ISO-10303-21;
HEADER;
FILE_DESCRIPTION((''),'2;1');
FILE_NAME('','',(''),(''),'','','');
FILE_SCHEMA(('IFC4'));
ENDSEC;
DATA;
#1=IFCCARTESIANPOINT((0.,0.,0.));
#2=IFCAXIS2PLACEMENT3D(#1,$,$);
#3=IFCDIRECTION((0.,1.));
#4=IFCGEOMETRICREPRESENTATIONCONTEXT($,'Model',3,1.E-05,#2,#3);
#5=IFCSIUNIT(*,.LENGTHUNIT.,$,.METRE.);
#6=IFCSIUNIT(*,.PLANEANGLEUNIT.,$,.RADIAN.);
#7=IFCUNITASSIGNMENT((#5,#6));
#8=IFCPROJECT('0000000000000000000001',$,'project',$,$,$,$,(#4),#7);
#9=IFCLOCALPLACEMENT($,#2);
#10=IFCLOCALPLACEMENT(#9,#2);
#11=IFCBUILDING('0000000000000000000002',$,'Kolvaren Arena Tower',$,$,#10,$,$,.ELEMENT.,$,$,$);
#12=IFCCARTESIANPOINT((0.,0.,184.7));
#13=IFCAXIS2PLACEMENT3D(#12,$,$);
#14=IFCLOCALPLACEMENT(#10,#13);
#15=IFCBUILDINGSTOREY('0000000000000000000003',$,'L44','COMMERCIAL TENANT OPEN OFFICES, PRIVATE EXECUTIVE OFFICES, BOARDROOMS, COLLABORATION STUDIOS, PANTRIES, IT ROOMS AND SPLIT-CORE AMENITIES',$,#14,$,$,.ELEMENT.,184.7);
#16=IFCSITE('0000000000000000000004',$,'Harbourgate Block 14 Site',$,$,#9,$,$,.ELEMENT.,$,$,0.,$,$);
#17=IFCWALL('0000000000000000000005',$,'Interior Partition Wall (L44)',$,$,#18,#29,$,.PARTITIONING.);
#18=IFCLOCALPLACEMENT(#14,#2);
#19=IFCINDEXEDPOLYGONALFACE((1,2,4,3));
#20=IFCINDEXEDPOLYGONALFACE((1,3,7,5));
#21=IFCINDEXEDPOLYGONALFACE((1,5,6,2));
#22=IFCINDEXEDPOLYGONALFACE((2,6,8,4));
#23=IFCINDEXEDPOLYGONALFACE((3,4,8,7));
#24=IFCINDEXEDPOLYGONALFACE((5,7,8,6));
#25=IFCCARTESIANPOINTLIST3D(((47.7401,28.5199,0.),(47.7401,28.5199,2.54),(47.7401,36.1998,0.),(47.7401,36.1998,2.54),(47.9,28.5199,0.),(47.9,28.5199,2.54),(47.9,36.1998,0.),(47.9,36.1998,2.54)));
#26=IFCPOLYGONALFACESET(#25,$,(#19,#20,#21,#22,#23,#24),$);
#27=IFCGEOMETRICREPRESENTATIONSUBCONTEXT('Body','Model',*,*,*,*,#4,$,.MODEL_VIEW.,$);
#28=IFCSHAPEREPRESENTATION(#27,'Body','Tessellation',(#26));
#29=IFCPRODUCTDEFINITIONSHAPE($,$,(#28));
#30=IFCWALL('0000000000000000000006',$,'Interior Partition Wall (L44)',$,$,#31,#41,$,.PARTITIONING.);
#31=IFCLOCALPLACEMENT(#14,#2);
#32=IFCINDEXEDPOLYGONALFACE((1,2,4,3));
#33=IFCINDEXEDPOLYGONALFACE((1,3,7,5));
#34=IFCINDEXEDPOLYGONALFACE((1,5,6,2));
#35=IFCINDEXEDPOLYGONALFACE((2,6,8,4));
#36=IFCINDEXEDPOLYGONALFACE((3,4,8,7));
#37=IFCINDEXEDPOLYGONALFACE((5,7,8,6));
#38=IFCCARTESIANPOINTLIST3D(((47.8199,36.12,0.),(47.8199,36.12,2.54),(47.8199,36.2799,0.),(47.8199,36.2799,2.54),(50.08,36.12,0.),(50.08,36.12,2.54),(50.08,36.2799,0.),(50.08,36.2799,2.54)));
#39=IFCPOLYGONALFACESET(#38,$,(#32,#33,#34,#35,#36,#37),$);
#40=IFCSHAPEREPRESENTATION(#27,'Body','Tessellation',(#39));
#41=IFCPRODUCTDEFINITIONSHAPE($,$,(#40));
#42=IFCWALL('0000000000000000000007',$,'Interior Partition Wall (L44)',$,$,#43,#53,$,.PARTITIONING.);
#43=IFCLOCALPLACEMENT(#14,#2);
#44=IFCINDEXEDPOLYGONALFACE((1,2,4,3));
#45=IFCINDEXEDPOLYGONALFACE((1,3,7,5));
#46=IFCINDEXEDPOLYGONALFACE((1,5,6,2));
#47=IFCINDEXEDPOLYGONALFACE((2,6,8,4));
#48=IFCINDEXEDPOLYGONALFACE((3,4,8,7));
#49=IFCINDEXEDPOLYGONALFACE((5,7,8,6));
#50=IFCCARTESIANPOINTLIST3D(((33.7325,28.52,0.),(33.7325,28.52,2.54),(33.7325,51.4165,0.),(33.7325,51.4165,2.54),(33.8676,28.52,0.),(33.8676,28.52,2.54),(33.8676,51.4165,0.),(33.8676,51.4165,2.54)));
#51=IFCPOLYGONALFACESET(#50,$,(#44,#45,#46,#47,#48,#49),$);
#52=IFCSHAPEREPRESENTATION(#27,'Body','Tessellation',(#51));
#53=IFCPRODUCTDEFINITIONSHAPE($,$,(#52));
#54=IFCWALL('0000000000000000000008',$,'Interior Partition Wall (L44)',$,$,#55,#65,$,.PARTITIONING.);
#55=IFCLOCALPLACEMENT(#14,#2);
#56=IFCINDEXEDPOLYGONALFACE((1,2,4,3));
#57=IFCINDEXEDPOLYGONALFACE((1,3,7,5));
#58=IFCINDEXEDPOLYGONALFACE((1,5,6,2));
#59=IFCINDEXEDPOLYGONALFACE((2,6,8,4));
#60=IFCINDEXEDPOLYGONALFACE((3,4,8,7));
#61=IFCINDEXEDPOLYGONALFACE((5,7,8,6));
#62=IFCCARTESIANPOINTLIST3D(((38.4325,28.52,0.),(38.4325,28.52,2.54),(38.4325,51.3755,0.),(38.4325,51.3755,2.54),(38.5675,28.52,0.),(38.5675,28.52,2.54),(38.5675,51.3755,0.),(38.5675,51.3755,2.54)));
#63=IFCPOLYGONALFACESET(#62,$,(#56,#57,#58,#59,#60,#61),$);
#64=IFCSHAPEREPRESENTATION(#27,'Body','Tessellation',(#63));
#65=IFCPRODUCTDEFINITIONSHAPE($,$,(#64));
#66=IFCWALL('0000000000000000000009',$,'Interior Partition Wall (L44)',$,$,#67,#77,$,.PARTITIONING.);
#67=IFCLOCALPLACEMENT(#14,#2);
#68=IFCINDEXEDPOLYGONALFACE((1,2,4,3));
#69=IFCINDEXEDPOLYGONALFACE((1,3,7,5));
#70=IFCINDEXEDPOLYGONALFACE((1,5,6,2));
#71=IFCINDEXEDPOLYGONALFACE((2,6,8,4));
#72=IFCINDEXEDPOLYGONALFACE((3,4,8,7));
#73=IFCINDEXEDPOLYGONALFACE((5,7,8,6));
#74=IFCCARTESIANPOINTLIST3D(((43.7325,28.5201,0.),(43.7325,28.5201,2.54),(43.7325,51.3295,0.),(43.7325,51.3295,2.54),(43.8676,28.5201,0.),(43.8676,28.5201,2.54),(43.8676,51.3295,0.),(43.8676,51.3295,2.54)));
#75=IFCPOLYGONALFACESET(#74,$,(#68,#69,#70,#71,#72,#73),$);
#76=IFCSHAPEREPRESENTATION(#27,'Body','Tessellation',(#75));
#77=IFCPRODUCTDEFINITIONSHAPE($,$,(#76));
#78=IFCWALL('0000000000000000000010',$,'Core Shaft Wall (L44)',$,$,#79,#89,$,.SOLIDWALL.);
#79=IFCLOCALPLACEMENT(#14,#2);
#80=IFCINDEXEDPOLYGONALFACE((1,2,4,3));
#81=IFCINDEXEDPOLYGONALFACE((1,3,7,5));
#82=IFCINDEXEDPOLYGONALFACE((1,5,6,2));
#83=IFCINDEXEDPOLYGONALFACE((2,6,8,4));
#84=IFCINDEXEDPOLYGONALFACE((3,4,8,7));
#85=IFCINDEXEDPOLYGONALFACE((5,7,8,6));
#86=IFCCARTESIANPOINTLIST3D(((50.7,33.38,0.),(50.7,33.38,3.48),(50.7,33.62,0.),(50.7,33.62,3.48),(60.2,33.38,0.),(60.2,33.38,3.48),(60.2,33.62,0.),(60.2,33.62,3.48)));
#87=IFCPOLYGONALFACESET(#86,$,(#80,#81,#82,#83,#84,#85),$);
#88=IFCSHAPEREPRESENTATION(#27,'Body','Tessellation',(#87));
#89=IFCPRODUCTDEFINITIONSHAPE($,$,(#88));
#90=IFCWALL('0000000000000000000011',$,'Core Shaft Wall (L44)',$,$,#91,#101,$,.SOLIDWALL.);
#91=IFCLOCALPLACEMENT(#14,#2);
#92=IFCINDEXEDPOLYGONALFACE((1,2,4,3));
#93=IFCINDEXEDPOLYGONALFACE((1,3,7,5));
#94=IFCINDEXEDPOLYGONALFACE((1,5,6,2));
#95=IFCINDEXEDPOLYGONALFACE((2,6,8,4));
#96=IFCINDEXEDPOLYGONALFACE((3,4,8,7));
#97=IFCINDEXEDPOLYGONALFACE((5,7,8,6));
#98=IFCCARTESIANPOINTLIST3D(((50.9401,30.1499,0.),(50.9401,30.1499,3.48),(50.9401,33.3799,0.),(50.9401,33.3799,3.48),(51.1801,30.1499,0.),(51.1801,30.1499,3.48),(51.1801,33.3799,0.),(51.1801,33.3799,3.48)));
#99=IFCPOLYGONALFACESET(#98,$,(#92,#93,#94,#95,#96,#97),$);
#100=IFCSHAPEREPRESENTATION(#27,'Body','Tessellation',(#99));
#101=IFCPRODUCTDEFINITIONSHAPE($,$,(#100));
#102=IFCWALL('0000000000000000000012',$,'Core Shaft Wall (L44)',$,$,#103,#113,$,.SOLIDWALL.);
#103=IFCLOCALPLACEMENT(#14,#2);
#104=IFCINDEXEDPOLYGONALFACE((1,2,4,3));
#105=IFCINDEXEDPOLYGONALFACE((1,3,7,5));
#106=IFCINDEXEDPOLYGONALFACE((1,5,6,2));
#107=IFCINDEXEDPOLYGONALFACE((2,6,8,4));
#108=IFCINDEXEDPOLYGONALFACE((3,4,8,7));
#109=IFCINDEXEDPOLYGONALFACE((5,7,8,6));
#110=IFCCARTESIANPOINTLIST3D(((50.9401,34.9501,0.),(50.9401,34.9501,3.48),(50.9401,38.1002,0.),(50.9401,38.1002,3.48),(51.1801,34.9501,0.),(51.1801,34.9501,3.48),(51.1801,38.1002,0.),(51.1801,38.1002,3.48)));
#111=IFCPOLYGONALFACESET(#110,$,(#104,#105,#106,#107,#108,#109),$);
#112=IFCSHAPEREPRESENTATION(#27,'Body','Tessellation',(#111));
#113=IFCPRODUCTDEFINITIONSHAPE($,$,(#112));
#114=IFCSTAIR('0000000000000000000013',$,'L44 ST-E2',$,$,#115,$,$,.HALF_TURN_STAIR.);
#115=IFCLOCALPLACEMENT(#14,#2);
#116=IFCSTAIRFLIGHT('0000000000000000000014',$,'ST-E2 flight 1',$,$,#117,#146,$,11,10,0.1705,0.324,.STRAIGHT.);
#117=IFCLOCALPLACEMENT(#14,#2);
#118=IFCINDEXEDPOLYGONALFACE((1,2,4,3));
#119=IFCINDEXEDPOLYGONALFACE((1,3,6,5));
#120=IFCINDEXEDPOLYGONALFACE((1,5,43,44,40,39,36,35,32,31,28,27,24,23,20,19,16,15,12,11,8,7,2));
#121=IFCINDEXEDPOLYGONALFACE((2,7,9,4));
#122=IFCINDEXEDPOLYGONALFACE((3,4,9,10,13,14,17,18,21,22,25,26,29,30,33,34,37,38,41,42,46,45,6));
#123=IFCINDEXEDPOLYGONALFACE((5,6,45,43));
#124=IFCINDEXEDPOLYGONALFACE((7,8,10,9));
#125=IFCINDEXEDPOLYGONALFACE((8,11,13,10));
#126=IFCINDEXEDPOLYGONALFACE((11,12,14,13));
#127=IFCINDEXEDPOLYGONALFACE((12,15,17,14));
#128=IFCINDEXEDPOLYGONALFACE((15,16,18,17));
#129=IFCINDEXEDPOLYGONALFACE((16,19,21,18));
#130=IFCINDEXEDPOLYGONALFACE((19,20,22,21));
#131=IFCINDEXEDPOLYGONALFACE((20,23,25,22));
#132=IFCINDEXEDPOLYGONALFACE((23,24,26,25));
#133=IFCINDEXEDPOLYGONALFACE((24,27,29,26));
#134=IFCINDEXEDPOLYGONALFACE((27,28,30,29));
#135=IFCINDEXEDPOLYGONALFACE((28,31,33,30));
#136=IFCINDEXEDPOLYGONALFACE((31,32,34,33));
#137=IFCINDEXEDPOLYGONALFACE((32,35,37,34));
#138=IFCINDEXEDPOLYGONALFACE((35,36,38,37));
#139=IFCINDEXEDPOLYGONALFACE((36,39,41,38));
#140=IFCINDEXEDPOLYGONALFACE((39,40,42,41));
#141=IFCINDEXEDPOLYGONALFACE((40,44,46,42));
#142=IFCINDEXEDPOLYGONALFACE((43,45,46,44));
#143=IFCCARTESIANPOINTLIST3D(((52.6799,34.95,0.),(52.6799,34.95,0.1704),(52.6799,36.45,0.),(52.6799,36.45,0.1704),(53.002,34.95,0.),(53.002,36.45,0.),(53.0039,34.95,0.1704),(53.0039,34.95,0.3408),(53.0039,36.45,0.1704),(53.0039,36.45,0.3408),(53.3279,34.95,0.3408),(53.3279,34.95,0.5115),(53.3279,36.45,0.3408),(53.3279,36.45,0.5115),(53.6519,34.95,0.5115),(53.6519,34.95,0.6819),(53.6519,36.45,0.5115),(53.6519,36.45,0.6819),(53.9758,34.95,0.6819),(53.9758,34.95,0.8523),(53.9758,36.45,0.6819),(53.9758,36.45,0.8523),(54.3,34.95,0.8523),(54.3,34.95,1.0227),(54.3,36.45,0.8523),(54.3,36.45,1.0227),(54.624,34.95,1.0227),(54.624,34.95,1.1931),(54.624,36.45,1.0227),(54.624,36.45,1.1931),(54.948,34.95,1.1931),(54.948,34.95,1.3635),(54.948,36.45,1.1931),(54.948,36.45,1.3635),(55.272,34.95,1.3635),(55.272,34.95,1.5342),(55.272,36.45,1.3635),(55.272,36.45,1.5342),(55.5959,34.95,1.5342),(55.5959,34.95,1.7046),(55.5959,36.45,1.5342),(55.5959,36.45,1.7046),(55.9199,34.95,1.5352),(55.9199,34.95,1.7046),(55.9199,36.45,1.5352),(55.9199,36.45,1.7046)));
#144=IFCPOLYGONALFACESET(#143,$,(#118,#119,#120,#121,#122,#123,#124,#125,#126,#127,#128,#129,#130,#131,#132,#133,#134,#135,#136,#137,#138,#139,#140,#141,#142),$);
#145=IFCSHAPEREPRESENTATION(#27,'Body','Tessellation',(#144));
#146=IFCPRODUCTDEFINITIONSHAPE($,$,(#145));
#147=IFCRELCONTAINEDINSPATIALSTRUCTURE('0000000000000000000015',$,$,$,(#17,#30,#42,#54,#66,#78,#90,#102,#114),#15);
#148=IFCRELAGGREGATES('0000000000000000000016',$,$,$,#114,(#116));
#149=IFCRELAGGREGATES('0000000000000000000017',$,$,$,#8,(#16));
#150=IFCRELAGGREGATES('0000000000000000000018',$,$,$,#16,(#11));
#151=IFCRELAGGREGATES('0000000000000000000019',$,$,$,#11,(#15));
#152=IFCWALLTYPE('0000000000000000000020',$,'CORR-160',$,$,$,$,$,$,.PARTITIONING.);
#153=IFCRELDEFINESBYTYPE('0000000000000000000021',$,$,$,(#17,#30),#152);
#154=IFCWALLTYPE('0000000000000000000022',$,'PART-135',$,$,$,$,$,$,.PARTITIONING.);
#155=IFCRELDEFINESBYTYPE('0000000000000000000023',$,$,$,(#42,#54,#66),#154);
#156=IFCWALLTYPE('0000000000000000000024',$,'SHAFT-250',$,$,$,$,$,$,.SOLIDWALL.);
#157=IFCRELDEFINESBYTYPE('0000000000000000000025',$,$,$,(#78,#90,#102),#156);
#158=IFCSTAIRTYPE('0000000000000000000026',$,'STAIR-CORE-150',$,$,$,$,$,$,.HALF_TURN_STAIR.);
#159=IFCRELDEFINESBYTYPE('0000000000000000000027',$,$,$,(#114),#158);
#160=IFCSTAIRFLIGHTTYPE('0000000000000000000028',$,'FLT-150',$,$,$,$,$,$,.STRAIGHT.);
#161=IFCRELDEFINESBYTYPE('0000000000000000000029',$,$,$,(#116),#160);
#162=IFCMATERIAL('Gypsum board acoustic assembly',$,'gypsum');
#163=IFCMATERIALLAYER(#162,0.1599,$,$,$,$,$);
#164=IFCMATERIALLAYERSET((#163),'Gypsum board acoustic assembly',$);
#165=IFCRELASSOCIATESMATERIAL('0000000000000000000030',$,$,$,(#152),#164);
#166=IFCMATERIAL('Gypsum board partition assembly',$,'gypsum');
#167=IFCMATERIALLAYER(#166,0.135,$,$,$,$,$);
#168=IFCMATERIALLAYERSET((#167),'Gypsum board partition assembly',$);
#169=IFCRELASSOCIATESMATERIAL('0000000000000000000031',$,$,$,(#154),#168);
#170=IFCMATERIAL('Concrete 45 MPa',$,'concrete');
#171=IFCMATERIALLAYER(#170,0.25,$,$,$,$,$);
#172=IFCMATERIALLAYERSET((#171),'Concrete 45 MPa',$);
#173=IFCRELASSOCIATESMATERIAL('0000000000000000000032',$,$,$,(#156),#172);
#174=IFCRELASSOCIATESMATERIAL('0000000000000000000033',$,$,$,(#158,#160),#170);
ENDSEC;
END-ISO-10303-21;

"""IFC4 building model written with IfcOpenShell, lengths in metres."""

from ifc_helpers import new_model, si_unit, direction, frame, frame_2d, origin, place, context, subcontext, project, spatial, polyline, rectangle, outline, extrude, material, layer, layer_set, type_object, element, aggregate, save


model = new_model("IFC4")

# Units and contexts
model_context = context("Model", 3, precision=1e-05, world=origin(), true_north=direction((0.0, 1.0)))
body_context = subcontext(model_context, "Body", "Model", "MODEL_VIEW")
ifc_project = project(units=[si_unit("LENGTHUNIT", "METRE"), si_unit("PLANEANGLEUNIT", "RADIAN")], contexts=[model_context])

# Site, building, storey
site_placement = place(None, origin())
site = spatial("IfcSite", under=ifc_project, at=site_placement, Name="Harbourgate Block 14 Site", CompositionType="ELEMENT", RefElevation=0.0)
building_placement = place(site_placement, origin())
building = spatial("IfcBuilding", under=site, at=building_placement, Name="Kolvaren Arena Tower", CompositionType="ELEMENT")
storey_placement = place(building_placement, frame((0.0, 0.0, 184.7)))
storey = spatial("IfcBuildingStorey", under=building, at=storey_placement, Name="L44", Description="COMMERCIAL TENANT OPEN OFFICES, PRIVATE EXECUTIVE OFFICES, BOARDROOMS, COLLABORATION STUDIOS, PANTRIES, IT ROOMS AND SPLIT-CORE AMENITIES", CompositionType="ELEMENT", Elevation=184.7)

# Walls
ifc_material_1 = material(Name="Gypsum board acoustic assembly", Category="gypsum")
ifc_layer_1 = layer(ifc_material_1, 0.1599)
ifc_layer_set_1 = layer_set([ifc_layer_1], Name="Gypsum board acoustic assembly")
wall_type_1 = type_object("IfcWallType", Name="CORR-160", PredefinedType="PARTITIONING", material=ifc_layer_set_1)
wall_1_placement = place(storey_placement, frame((47.8201, 28.52, 0.0), z_axis=(0.0, 0.0, 1.0), x_axis=(0.0, 1.0, 0.0)))
element("IfcWall", 1, at=wall_1_placement, inside=storey, type_object=wall_type_1, Name="Interior Partition Wall (L44)", PredefinedType="PARTITIONING", context=body_context, shape_type="SweptSolid", body=[
    extrude(rectangle(XDim=7.6799, YDim=0.1599, at=frame_2d((3.8398, 0.0))), origin(), (0.0, 0.0, 1.0), 2.54),
])
wall_2_placement = place(storey_placement, frame((47.8201, 36.2, 0.0), z_axis=(0.0, 0.0, 1.0), x_axis=(1.0, 0.0, 0.0)))
element("IfcWall", 2, at=wall_2_placement, inside=storey, type_object=wall_type_1, Name="Interior Partition Wall (L44)", PredefinedType="PARTITIONING", context=body_context, shape_type="SweptSolid", body=[
    extrude(rectangle(XDim=2.26, YDim=0.1599, at=frame_2d((1.1299, 0.0))), origin(), (0.0, 0.0, 1.0), 2.54),
])
ifc_material_2 = material(Name="Gypsum board partition assembly", Category="gypsum")
ifc_layer_2 = layer(ifc_material_2, 0.135)
ifc_layer_set_2 = layer_set([ifc_layer_2], Name="Gypsum board partition assembly")
wall_type_2 = type_object("IfcWallType", Name="PART-135", PredefinedType="PARTITIONING", material=ifc_layer_set_2)
wall_3_placement = place(storey_placement, frame((33.8, 28.52, 0.0), z_axis=(0.0, 0.0, 1.0), x_axis=(0.0, 1.0, 0.0)))
element("IfcWall", 3, at=wall_3_placement, inside=storey, type_object=wall_type_2, Name="Interior Partition Wall (L44)", PredefinedType="PARTITIONING", context=body_context, shape_type="SweptSolid", body=[
    extrude(rectangle(XDim=22.8965, YDim=0.135, at=frame_2d((11.4482, 0.0))), origin(), (0.0, 0.0, 1.0), 2.54),
])
wall_4_placement = place(storey_placement, frame((38.5, 28.52, 0.0), z_axis=(0.0, 0.0, 1.0), x_axis=(0.0, 1.0, 0.0)))
element("IfcWall", 4, at=wall_4_placement, inside=storey, type_object=wall_type_2, Name="Interior Partition Wall (L44)", PredefinedType="PARTITIONING", context=body_context, shape_type="SweptSolid", body=[
    extrude(rectangle(XDim=22.8555, YDim=0.135, at=frame_2d((11.4277, 0.0))), origin(), (0.0, 0.0, 1.0), 2.54),
])
wall_5_placement = place(storey_placement, frame((43.8, 28.52, 0.0), z_axis=(0.0, 0.0, 1.0), x_axis=(0.0, 1.0, 0.0)))
element("IfcWall", 5, at=wall_5_placement, inside=storey, type_object=wall_type_2, Name="Interior Partition Wall (L44)", PredefinedType="PARTITIONING", context=body_context, shape_type="SweptSolid", body=[
    extrude(rectangle(XDim=22.8093, YDim=0.135, at=frame_2d((11.4048, 0.0))), origin(), (0.0, 0.0, 1.0), 2.54),
])
ifc_material_3 = material(Name="Concrete 45 MPa", Category="concrete")
ifc_layer_3 = layer(ifc_material_3, 0.25)
ifc_layer_set_3 = layer_set([ifc_layer_3], Name="Concrete 45 MPa")
wall_type_3 = type_object("IfcWallType", Name="SHAFT-250", PredefinedType="SOLIDWALL", material=ifc_layer_set_3)
wall_6_placement = place(storey_placement, frame((50.7, 33.5, 0.0), z_axis=(0.0, 0.0, 1.0), x_axis=(1.0, 0.0, 0.0)))
element("IfcWall", 6, at=wall_6_placement, inside=storey, type_object=wall_type_3, Name="Core Shaft Wall (L44)", PredefinedType="SOLIDWALL", context=body_context, shape_type="SweptSolid", body=[
    extrude(rectangle(XDim=9.5, YDim=0.24, at=frame_2d((4.75, 0.0))), origin(), (0.0, 0.0, 1.0), 3.48),
])
wall_7_placement = place(storey_placement, frame((51.0601, 30.1499, 0.0), z_axis=(0.0, 0.0, 1.0), x_axis=(0.0, 1.0, 0.0)))
element("IfcWall", 7, at=wall_7_placement, inside=storey, type_object=wall_type_3, Name="Core Shaft Wall (L44)", PredefinedType="SOLIDWALL", context=body_context, shape_type="SweptSolid", body=[
    extrude(rectangle(XDim=3.23, YDim=0.24, at=frame_2d((1.615, 0.0))), origin(), (0.0, 0.0, 1.0), 3.48),
])
wall_8_placement = place(storey_placement, frame((51.0601, 34.95, 0.0), z_axis=(0.0, 0.0, 1.0), x_axis=(0.0, 1.0, 0.0)))
element("IfcWall", 8, at=wall_8_placement, inside=storey, type_object=wall_type_3, Name="Core Shaft Wall (L44)", PredefinedType="SOLIDWALL", context=body_context, shape_type="SweptSolid", body=[
    extrude(rectangle(XDim=3.1501, YDim=0.24, at=frame_2d((1.5752, 0.0))), origin(), (0.0, 0.0, 1.0), 3.48),
])

# Stair, stair flight
stair_type = type_object("IfcStairType", Name="STAIR-CORE-150", PredefinedType="HALF_TURN_STAIR", material=ifc_material_3)
stair_placement = place(storey_placement, origin())
stair = element("IfcStair", 9, at=stair_placement, inside=storey, type_object=stair_type, Name="L44 ST-E2", PredefinedType="HALF_TURN_STAIR")
stair_flight_type = type_object("IfcStairFlightType", Name="FLT-150", PredefinedType="STRAIGHT", material=ifc_material_3)
stair_flight_placement = place(storey_placement, frame((52.6799, 35.7, 0.0), z_axis=(0.0, 0.0, 1.0), x_axis=(1.0, 0.0, 0.0)))
stair_flight = element("IfcStairFlight", 10, at=stair_flight_placement, type_object=stair_flight_type, Name="ST-E2 flight 1", NumberOfRisers=11, NumberOfTreads=10, PredefinedType="STRAIGHT", RiserHeight=0.1705, TreadLength=0.324, context=body_context, shape_type="SweptSolid", body=[
    extrude(outline(polyline([(0.0, 0.0), (0.0, 0.1704), (0.324, 0.1704), (0.324, 0.3408), (0.6479, 0.3408), (0.6479, 0.5115), (0.9719, 0.5115), (0.9719, 0.6819), (1.2959, 0.6819), (1.2959, 0.8523), (1.6201, 0.8523), (1.6201, 1.0227), (1.9441, 1.0227), (1.9441, 1.1931), (2.2681, 1.1931), (2.2681, 1.3635), (2.592, 1.3635), (2.592, 1.5342), (2.916, 1.5342), (2.916, 1.7046), (3.24, 1.7046), (3.24, 1.875), (3.24, 1.5352), (0.322, 0.0), (0.0, 0.0)])), frame((0.0, 0.75, 0.0), z_axis=(0.0, -1.0, 0.0), x_axis=(1.0, 0.0, 0.0)), (0.0, 0.0, 1.0), 1.5),
])
aggregate(stair, [stair_flight])

save(model, "model.ifc")
